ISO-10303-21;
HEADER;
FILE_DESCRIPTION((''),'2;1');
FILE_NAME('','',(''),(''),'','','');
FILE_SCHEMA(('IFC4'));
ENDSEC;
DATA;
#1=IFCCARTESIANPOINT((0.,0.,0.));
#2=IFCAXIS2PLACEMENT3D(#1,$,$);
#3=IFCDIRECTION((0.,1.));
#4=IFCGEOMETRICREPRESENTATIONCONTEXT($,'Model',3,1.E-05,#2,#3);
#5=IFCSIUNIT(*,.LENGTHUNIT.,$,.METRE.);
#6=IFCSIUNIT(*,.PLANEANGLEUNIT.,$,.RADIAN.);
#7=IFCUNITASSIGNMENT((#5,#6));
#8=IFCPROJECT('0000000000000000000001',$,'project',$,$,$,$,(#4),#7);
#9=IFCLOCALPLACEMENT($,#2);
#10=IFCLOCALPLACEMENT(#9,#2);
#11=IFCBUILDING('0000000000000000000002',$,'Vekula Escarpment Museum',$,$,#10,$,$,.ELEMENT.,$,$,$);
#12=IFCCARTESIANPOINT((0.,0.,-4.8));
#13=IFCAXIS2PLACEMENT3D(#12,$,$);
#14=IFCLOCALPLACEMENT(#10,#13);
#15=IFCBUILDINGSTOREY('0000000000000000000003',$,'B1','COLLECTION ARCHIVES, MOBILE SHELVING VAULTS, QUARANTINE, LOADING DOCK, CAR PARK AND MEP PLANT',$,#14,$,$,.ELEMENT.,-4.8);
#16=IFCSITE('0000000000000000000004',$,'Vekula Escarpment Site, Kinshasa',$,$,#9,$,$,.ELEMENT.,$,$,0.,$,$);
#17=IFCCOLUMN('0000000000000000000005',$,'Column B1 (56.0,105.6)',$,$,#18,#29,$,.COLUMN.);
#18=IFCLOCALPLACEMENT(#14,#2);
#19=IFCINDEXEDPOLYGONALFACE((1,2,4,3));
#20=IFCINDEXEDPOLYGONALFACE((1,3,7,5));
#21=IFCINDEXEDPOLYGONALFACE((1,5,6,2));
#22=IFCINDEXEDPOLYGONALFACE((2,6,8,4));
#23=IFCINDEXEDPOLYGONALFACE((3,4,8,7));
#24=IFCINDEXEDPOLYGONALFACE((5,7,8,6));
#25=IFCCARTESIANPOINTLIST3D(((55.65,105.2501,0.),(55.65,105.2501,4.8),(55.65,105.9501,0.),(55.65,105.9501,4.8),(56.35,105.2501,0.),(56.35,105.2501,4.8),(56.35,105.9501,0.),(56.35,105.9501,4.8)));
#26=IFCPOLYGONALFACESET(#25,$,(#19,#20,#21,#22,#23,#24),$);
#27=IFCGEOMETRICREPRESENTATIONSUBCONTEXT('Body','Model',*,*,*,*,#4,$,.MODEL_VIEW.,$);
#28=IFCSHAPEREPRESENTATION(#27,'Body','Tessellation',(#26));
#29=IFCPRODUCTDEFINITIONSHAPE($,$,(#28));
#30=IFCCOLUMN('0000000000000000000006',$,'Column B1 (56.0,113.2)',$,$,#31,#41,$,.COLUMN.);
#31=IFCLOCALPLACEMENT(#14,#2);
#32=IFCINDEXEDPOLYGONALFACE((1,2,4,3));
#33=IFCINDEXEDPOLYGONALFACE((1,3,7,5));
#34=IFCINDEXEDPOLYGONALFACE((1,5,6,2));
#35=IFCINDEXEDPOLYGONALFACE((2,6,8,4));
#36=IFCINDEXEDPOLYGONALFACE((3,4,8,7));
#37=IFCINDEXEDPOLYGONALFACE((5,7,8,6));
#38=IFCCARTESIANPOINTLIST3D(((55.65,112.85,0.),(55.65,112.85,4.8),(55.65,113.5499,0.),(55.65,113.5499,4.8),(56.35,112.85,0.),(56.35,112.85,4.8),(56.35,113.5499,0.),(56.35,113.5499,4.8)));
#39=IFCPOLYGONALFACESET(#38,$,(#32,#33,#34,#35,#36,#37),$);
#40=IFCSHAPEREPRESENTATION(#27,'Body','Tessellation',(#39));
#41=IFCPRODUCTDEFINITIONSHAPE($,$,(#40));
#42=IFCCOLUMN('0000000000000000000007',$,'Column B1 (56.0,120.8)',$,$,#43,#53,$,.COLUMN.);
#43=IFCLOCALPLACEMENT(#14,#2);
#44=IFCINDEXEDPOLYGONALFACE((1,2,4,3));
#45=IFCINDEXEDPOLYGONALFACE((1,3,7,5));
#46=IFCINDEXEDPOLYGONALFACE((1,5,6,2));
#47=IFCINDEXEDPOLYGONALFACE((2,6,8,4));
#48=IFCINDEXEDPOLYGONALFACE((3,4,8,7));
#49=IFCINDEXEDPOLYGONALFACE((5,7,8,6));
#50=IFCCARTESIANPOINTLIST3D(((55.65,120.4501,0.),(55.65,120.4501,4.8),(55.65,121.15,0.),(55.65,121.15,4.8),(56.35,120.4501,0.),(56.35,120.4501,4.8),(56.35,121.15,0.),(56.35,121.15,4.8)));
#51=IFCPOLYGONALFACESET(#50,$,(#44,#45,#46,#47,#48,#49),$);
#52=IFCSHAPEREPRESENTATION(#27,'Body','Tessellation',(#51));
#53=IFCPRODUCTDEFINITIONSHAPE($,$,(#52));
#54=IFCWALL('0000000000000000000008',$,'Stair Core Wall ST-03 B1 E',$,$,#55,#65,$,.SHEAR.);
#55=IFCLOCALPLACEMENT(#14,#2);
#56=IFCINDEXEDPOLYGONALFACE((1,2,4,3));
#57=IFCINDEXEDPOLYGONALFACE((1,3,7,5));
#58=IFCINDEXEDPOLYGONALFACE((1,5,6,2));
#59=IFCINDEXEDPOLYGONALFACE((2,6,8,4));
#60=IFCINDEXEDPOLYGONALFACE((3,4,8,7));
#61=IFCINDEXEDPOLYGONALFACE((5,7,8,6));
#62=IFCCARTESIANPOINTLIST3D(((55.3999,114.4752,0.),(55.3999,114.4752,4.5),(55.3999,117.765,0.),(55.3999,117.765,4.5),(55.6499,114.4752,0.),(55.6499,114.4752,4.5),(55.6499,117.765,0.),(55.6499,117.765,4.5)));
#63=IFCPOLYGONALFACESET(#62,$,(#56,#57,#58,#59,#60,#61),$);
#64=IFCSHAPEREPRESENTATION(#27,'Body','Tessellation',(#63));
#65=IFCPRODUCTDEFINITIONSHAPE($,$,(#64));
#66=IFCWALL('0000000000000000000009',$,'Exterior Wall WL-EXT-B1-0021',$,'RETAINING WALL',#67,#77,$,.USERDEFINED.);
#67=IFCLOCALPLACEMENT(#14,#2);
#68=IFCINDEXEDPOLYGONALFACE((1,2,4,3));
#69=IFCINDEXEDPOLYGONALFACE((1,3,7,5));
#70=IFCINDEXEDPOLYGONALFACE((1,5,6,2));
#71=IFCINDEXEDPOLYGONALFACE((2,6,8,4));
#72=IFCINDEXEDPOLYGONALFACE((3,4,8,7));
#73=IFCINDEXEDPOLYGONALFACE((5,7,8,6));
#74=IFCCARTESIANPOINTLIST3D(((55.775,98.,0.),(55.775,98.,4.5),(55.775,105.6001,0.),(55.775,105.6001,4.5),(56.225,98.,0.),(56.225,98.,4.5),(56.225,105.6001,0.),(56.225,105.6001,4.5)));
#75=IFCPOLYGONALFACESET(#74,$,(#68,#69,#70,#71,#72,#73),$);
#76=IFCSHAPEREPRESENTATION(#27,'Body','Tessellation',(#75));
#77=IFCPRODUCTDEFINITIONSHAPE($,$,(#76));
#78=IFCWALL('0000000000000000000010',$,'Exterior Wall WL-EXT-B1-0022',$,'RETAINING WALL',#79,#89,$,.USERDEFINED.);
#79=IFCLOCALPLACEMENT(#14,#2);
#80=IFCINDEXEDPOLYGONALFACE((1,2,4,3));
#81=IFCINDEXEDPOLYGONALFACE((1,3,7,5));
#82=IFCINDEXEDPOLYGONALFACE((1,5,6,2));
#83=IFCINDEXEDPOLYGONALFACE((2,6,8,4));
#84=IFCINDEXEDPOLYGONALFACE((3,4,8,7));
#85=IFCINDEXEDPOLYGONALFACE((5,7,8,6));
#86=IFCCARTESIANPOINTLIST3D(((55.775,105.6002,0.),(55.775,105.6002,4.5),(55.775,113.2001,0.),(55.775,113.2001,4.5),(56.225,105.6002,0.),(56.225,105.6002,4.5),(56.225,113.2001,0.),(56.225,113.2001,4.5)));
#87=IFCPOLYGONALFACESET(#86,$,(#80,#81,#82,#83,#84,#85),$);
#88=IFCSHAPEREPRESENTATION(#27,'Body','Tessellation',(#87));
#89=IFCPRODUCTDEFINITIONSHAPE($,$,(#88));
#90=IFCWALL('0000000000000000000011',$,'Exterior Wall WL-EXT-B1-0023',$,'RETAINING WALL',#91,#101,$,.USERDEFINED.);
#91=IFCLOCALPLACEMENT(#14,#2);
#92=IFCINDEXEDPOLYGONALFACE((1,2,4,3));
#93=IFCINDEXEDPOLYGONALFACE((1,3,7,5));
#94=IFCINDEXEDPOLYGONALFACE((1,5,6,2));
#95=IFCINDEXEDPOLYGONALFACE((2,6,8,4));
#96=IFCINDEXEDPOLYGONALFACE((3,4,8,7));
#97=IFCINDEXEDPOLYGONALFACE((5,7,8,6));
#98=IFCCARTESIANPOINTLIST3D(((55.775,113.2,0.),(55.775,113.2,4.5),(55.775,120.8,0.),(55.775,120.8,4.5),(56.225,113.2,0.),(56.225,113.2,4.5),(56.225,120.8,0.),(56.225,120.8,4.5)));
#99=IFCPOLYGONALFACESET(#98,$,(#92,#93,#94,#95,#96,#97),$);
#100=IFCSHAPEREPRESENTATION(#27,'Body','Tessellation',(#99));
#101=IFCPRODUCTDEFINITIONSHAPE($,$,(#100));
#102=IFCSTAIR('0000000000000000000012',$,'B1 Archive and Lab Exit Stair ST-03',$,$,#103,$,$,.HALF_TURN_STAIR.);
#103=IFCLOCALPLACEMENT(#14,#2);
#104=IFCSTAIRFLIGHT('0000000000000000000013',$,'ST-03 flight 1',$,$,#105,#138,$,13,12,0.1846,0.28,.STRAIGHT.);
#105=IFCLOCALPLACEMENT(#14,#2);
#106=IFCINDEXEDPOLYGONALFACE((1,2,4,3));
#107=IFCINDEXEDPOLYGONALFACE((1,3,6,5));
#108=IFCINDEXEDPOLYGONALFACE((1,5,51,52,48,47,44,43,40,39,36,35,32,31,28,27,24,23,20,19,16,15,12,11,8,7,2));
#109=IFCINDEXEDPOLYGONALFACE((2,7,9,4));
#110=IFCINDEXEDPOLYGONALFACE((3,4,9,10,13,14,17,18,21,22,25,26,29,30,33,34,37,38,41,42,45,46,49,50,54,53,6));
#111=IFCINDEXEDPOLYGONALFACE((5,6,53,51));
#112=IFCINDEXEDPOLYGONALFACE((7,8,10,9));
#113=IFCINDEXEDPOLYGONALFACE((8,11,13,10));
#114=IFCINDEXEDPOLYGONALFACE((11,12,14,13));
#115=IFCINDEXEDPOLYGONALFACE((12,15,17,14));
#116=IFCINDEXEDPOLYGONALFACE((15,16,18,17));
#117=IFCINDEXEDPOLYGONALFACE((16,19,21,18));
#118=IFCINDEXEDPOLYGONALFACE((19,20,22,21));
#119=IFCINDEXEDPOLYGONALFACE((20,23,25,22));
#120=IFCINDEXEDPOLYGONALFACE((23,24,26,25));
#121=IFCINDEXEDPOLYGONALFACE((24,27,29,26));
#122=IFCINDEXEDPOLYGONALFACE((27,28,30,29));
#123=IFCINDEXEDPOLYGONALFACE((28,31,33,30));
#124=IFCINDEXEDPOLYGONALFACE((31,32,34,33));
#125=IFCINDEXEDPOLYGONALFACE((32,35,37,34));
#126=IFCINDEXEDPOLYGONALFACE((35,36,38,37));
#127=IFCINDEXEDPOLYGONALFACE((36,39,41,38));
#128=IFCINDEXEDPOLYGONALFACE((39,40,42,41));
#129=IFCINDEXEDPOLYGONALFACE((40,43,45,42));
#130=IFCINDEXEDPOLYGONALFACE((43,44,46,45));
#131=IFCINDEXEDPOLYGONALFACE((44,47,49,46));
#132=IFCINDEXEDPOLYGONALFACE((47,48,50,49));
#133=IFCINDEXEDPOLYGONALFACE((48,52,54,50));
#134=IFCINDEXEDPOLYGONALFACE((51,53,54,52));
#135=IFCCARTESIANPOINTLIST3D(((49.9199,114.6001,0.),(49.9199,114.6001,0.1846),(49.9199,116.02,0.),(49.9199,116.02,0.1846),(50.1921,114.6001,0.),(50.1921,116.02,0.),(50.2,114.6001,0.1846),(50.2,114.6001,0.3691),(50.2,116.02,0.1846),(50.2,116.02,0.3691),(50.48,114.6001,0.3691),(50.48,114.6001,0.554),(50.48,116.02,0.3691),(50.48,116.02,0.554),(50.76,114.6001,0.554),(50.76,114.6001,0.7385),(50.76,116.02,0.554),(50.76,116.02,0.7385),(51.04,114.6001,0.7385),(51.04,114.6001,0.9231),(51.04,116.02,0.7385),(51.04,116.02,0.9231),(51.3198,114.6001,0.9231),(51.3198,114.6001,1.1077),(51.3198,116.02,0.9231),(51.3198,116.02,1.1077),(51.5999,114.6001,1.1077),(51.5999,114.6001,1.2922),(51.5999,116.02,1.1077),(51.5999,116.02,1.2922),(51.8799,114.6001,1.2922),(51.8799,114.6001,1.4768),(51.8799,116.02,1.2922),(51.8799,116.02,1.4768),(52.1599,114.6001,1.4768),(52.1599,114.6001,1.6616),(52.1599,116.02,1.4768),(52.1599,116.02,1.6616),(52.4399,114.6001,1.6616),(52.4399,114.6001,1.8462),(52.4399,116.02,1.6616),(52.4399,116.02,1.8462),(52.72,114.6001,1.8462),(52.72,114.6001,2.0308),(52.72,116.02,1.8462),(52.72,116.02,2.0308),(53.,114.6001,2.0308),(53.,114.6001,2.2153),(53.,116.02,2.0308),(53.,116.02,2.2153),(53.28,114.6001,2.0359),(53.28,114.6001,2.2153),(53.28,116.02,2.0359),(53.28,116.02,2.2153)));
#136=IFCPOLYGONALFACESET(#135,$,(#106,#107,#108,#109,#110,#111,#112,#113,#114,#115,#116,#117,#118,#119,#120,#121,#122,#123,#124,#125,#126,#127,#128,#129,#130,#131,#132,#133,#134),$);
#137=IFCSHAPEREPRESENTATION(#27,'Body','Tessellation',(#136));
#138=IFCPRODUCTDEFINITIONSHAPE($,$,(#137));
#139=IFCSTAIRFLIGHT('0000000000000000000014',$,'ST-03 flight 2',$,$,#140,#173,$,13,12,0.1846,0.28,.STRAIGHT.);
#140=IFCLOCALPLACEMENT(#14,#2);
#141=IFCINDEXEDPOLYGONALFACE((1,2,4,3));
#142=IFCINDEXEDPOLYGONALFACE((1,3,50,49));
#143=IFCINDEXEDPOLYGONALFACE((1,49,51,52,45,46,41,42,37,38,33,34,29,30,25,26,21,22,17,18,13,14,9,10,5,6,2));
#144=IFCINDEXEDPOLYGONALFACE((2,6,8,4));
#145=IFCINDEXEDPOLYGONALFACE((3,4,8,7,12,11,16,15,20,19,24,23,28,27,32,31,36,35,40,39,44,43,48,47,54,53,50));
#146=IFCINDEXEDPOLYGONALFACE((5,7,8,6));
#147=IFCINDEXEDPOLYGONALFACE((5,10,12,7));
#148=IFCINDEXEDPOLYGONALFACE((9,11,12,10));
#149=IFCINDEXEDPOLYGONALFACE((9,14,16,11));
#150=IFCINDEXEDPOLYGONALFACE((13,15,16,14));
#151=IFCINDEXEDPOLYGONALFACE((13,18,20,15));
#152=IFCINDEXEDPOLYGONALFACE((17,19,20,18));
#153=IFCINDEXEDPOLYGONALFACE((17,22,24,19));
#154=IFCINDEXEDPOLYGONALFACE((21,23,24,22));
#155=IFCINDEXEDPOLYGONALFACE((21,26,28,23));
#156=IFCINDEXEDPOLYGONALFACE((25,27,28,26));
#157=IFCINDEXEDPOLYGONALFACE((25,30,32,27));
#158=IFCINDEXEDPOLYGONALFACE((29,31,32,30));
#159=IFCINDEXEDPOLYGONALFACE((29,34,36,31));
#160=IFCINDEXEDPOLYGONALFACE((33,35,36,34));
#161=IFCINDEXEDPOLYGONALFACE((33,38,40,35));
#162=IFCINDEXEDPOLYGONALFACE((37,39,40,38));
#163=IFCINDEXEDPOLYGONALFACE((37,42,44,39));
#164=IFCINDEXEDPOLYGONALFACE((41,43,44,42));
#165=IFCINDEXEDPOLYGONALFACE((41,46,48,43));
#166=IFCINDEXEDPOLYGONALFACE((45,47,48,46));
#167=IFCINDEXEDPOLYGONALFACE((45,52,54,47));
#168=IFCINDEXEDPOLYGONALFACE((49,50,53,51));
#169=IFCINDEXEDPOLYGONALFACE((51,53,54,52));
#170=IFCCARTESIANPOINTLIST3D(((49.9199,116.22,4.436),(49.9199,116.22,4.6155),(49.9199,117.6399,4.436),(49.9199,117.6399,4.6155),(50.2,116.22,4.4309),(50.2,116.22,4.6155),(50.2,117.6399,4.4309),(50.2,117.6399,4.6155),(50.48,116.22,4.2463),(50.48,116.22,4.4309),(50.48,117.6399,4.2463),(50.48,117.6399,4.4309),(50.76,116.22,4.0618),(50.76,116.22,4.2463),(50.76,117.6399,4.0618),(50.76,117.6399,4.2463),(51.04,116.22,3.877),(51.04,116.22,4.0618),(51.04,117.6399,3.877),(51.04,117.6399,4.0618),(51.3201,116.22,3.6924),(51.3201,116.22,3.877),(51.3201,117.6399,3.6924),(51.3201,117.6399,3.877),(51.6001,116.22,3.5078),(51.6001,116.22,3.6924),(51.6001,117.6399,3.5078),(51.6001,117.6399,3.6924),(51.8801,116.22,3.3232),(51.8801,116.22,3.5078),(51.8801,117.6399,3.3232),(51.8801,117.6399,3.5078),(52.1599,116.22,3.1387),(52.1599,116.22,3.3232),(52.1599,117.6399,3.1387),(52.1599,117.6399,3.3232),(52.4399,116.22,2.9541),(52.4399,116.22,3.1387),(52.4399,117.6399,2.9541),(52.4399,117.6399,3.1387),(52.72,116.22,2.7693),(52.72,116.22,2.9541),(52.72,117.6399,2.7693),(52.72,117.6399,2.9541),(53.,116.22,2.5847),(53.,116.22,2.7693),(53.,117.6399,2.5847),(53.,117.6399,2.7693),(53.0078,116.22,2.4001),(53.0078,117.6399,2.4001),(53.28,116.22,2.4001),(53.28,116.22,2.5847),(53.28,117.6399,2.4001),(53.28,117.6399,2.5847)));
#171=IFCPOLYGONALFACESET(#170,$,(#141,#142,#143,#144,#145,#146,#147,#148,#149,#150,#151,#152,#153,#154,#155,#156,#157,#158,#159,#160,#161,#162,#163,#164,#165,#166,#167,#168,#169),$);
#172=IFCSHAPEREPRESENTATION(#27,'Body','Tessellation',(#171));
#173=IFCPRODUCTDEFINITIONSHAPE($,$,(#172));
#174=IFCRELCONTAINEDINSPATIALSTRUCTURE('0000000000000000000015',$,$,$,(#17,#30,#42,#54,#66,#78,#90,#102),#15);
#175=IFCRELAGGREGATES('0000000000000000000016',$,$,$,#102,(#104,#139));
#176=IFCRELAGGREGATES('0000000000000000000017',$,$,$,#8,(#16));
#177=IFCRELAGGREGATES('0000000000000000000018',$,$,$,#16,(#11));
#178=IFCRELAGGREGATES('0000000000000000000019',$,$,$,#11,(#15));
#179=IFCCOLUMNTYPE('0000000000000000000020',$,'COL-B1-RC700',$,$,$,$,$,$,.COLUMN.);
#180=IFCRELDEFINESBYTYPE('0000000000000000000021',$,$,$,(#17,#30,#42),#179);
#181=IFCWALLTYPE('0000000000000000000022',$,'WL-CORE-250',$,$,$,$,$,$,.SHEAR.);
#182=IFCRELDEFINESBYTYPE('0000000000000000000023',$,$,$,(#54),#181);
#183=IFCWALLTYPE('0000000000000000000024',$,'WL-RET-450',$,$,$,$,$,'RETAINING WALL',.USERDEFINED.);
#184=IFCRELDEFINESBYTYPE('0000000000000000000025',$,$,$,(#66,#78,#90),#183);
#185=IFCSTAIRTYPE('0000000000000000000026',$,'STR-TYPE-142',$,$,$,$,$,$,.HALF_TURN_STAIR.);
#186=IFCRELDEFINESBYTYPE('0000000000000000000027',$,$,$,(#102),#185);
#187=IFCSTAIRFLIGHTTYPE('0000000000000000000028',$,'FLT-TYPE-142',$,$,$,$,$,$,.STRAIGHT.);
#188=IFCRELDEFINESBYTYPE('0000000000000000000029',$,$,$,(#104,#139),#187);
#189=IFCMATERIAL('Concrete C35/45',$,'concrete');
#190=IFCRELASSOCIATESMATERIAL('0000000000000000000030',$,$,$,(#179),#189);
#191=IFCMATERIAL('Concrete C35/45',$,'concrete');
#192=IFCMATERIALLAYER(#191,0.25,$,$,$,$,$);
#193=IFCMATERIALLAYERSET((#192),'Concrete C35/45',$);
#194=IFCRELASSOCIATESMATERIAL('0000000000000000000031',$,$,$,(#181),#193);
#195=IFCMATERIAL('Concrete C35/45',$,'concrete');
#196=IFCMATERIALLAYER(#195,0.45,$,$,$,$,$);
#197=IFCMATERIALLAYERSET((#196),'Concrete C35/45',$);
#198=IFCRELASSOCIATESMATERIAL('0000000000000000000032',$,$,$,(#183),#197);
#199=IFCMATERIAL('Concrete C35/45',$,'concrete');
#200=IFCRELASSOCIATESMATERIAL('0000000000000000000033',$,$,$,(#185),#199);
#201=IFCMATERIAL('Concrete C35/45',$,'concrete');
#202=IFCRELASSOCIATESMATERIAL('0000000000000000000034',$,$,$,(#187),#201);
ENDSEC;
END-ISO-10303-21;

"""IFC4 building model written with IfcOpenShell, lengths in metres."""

from ifc_helpers import new_model, si_unit, direction, frame, frame_2d, origin, origin_2d, place, context, subcontext, project, spatial, polyline, rectangle, outline, extrude, material, layer, layer_set, material_profile, profile_set, type_object, element, aggregate, save


model = new_model("IFC4")

# Units and contexts
model_context = context("Model", 3, precision=1e-05, world=origin(), true_north=direction((0.0, 1.0)))
body_context = subcontext(model_context, "Body", "Model", "MODEL_VIEW")
ifc_project = project(units=[si_unit("LENGTHUNIT", "METRE"), si_unit("PLANEANGLEUNIT", "RADIAN")], contexts=[model_context])

# Site, building, storey
site_placement = place(None, origin())
site = spatial("IfcSite", under=ifc_project, at=site_placement, Name="Vekula Escarpment Site, Kinshasa", CompositionType="ELEMENT", RefElevation=0.0)
building_placement = place(site_placement, origin())
building = spatial("IfcBuilding", under=site, at=building_placement, Name="Vekula Escarpment Museum", CompositionType="ELEMENT")
storey_placement = place(building_placement, frame((0.0, 0.0, -4.8)))
storey = spatial("IfcBuildingStorey", under=building, at=storey_placement, Name="B1", Description="COLLECTION ARCHIVES, MOBILE SHELVING VAULTS, QUARANTINE, LOADING DOCK, CAR PARK AND MEP PLANT", CompositionType="ELEMENT", Elevation=-4.8)

# Columns
ifc_material_1 = material(Name="Concrete C35/45", Category="concrete")
ifc_material_profile_1 = material_profile(ifc_material_1, rectangle(XDim=0.7, YDim=0.7, at=origin_2d()), Name="RC 700x700")
ifc_profile_set_1 = profile_set([ifc_material_profile_1], Name="Concrete C35/45")
column_type = type_object("IfcColumnType", Name="COL-B1-RC700", PredefinedType="COLUMN", material=ifc_profile_set_1)
for number, where, z_axis, x_axis, name in (
    (1, (56.0, 105.6001, 0.0), (0.0, 0.0, 1.0), (1.0, 0.0, 0.0), "Column B1 (56.0,105.6)"),
    (2, (56.0, 113.2, 0.0), (0.0, 0.0, 1.0), (1.0, 0.0, 0.0), "Column B1 (56.0,113.2)"),
    (3, (56.0, 120.8, 0.0), (0.0, 0.0, 1.0), (1.0, 0.0, 0.0), "Column B1 (56.0,120.8)"),
):
    element("IfcColumn", number, at=place(storey_placement, frame(where, z_axis=z_axis, x_axis=x_axis)), inside=storey, type_object=column_type, Name=name, PredefinedType="COLUMN", context=body_context, shape_type="SweptSolid", body=[
        extrude(rectangle(XDim=0.7, YDim=0.7, at=origin_2d()), origin(), (0.0, 0.0, 1.0), 4.8),
    ])

# Walls
ifc_material_2 = material(Name="Concrete C35/45", Category="concrete")
ifc_layer_1 = layer(ifc_material_2, 0.25)
ifc_layer_set_1 = layer_set([ifc_layer_1], Name="Concrete C35/45")
wall_type_1 = type_object("IfcWallType", Name="WL-CORE-250", PredefinedType="SHEAR", material=ifc_layer_set_1)
wall_1_placement = place(storey_placement, frame((55.5249, 114.4751, 0.0), z_axis=(0.0, 0.0, 1.0), x_axis=(0.0, 1.0, 0.0)))
element("IfcWall", 4, at=wall_1_placement, inside=storey, type_object=wall_type_1, Name="Stair Core Wall ST-03 B1 E", PredefinedType="SHEAR", context=body_context, shape_type="SweptSolid", body=[
    extrude(rectangle(XDim=3.2898, YDim=0.25, at=frame_2d((1.645, 0.0))), origin(), (0.0, 0.0, 1.0), 4.5),
])
ifc_material_3 = material(Name="Concrete C35/45", Category="concrete")
ifc_layer_2 = layer(ifc_material_3, 0.45)
ifc_layer_set_2 = layer_set([ifc_layer_2], Name="Concrete C35/45")
wall_type_2 = type_object("IfcWallType", Name="WL-RET-450", ElementType="RETAINING WALL", PredefinedType="USERDEFINED", material=ifc_layer_set_2)
wall_2_placement = place(storey_placement, frame((56.0, 105.6001, 0.0), z_axis=(0.0, 0.0, 1.0), x_axis=(0.0, -1.0, 0.0)))
element("IfcWall", 5, at=wall_2_placement, inside=storey, type_object=wall_type_2, Name="Exterior Wall WL-EXT-B1-0021", ObjectType="RETAINING WALL", PredefinedType="USERDEFINED", context=body_context, shape_type="SweptSolid", body=[
    extrude(rectangle(XDim=7.6001, YDim=0.45, at=frame_2d((3.8, 0.0))), origin(), (0.0, 0.0, 1.0), 4.5),
])
wall_3_placement = place(storey_placement, frame((56.0, 113.2, 0.0), z_axis=(0.0, 0.0, 1.0), x_axis=(0.0, -1.0, 0.0)))
element("IfcWall", 6, at=wall_3_placement, inside=storey, type_object=wall_type_2, Name="Exterior Wall WL-EXT-B1-0022", ObjectType="RETAINING WALL", PredefinedType="USERDEFINED", context=body_context, shape_type="SweptSolid", body=[
    extrude(rectangle(XDim=7.5999, YDim=0.45, at=frame_2d((3.7998, 0.0))), origin(), (0.0, 0.0, 1.0), 4.5),
])
wall_4_placement = place(storey_placement, frame((56.0, 120.8, 0.0), z_axis=(0.0, 0.0, 1.0), x_axis=(0.0, -1.0, 0.0)))
element("IfcWall", 7, at=wall_4_placement, inside=storey, type_object=wall_type_2, Name="Exterior Wall WL-EXT-B1-0023", ObjectType="RETAINING WALL", PredefinedType="USERDEFINED", context=body_context, shape_type="SweptSolid", body=[
    extrude(rectangle(XDim=7.6001, YDim=0.45, at=frame_2d((3.8, 0.0))), origin(), (0.0, 0.0, 1.0), 4.5),
])

# Stair, stair flights
ifc_material_4 = material(Name="Concrete C35/45", Category="concrete")
stair_type = type_object("IfcStairType", Name="STR-TYPE-142", PredefinedType="HALF_TURN_STAIR", material=ifc_material_4)
stair_placement = place(storey_placement, origin())
stair = element("IfcStair", 8, at=stair_placement, inside=storey, type_object=stair_type, Name="B1 Archive and Lab Exit Stair ST-03", PredefinedType="HALF_TURN_STAIR")
ifc_material_5 = material(Name="Concrete C35/45", Category="concrete")
stair_flight_type = type_object("IfcStairFlightType", Name="FLT-TYPE-142", PredefinedType="STRAIGHT", material=ifc_material_5)
stair_flight_1_placement = place(storey_placement, frame((49.9199, 115.3101, 0.0), z_axis=(0.0, 0.0, 1.0), x_axis=(1.0, 0.0, 0.0)))
stair_flight_1 = element("IfcStairFlight", 9, at=stair_flight_1_placement, type_object=stair_flight_type, Name="ST-03 flight 1", NumberOfRisers=13, NumberOfTreads=12, PredefinedType="STRAIGHT", RiserHeight=0.1846, TreadLength=0.28, context=body_context, shape_type="SweptSolid", body=[
    extrude(outline(polyline([(0.0, 0.0), (0.0, 0.1846), (0.28, 0.1846), (0.28, 0.3691), (0.5601, 0.3691), (0.5601, 0.554), (0.8401, 0.554), (0.8401, 0.7385), (1.1201, 0.7385), (1.1201, 0.9231), (1.3999, 0.9231), (1.3999, 1.1077), (1.6799, 1.1077), (1.6799, 1.2922), (1.96, 1.2922), (1.96, 1.4768), (2.24, 1.4768), (2.24, 1.6616), (2.52, 1.6616), (2.52, 1.8462), (2.8, 1.8462), (2.8, 2.0308), (3.0801, 2.0308), (3.0801, 2.2153), (3.3601, 2.2153), (3.3601, 2.3999), (3.3601, 2.0359), (0.2722, 0.0), (0.0, 0.0)])), frame((0.0, 0.71, 0.0), z_axis=(0.0, -1.0, 0.0), x_axis=(1.0, 0.0, 0.0)), (0.0, 0.0, 1.0), 1.4199),
])
stair_flight_2_placement = place(storey_placement, frame((53.28, 116.9299, 2.4001), z_axis=(0.0, 0.0, 1.0), x_axis=(-1.0, 0.0, 0.0)))
stair_flight_2 = element("IfcStairFlight", 10, at=stair_flight_2_placement, type_object=stair_flight_type, Name="ST-03 flight 2", NumberOfRisers=13, NumberOfTreads=12, PredefinedType="STRAIGHT", RiserHeight=0.1846, TreadLength=0.28, context=body_context, shape_type="SweptSolid", body=[
    extrude(outline(polyline([(0.0, 0.0), (0.0, 0.1846), (0.28, 0.1846), (0.28, 0.3691), (0.5601, 0.3691), (0.5601, 0.554), (0.8401, 0.554), (0.8401, 0.7385), (1.1201, 0.7385), (1.1201, 0.9231), (1.3999, 0.9231), (1.3999, 1.1077), (1.6799, 1.1077), (1.6799, 1.2922), (1.96, 1.2922), (1.96, 1.4768), (2.24, 1.4768), (2.24, 1.6616), (2.52, 1.6616), (2.52, 1.8462), (2.8, 1.8462), (2.8, 2.0308), (3.0801, 2.0308), (3.0801, 2.2153), (3.3601, 2.2153), (3.3601, 2.3999), (3.3601, 2.0359), (0.2722, 0.0), (0.0, 0.0)])), frame((0.0, 0.71, 0.0), z_axis=(0.0, -1.0, 0.0), x_axis=(1.0, 0.0, 0.0)), (0.0, 0.0, 1.0), 1.4199),
])
aggregate(stair, [stair_flight_1, stair_flight_2])

save(model, "model.ifc")
